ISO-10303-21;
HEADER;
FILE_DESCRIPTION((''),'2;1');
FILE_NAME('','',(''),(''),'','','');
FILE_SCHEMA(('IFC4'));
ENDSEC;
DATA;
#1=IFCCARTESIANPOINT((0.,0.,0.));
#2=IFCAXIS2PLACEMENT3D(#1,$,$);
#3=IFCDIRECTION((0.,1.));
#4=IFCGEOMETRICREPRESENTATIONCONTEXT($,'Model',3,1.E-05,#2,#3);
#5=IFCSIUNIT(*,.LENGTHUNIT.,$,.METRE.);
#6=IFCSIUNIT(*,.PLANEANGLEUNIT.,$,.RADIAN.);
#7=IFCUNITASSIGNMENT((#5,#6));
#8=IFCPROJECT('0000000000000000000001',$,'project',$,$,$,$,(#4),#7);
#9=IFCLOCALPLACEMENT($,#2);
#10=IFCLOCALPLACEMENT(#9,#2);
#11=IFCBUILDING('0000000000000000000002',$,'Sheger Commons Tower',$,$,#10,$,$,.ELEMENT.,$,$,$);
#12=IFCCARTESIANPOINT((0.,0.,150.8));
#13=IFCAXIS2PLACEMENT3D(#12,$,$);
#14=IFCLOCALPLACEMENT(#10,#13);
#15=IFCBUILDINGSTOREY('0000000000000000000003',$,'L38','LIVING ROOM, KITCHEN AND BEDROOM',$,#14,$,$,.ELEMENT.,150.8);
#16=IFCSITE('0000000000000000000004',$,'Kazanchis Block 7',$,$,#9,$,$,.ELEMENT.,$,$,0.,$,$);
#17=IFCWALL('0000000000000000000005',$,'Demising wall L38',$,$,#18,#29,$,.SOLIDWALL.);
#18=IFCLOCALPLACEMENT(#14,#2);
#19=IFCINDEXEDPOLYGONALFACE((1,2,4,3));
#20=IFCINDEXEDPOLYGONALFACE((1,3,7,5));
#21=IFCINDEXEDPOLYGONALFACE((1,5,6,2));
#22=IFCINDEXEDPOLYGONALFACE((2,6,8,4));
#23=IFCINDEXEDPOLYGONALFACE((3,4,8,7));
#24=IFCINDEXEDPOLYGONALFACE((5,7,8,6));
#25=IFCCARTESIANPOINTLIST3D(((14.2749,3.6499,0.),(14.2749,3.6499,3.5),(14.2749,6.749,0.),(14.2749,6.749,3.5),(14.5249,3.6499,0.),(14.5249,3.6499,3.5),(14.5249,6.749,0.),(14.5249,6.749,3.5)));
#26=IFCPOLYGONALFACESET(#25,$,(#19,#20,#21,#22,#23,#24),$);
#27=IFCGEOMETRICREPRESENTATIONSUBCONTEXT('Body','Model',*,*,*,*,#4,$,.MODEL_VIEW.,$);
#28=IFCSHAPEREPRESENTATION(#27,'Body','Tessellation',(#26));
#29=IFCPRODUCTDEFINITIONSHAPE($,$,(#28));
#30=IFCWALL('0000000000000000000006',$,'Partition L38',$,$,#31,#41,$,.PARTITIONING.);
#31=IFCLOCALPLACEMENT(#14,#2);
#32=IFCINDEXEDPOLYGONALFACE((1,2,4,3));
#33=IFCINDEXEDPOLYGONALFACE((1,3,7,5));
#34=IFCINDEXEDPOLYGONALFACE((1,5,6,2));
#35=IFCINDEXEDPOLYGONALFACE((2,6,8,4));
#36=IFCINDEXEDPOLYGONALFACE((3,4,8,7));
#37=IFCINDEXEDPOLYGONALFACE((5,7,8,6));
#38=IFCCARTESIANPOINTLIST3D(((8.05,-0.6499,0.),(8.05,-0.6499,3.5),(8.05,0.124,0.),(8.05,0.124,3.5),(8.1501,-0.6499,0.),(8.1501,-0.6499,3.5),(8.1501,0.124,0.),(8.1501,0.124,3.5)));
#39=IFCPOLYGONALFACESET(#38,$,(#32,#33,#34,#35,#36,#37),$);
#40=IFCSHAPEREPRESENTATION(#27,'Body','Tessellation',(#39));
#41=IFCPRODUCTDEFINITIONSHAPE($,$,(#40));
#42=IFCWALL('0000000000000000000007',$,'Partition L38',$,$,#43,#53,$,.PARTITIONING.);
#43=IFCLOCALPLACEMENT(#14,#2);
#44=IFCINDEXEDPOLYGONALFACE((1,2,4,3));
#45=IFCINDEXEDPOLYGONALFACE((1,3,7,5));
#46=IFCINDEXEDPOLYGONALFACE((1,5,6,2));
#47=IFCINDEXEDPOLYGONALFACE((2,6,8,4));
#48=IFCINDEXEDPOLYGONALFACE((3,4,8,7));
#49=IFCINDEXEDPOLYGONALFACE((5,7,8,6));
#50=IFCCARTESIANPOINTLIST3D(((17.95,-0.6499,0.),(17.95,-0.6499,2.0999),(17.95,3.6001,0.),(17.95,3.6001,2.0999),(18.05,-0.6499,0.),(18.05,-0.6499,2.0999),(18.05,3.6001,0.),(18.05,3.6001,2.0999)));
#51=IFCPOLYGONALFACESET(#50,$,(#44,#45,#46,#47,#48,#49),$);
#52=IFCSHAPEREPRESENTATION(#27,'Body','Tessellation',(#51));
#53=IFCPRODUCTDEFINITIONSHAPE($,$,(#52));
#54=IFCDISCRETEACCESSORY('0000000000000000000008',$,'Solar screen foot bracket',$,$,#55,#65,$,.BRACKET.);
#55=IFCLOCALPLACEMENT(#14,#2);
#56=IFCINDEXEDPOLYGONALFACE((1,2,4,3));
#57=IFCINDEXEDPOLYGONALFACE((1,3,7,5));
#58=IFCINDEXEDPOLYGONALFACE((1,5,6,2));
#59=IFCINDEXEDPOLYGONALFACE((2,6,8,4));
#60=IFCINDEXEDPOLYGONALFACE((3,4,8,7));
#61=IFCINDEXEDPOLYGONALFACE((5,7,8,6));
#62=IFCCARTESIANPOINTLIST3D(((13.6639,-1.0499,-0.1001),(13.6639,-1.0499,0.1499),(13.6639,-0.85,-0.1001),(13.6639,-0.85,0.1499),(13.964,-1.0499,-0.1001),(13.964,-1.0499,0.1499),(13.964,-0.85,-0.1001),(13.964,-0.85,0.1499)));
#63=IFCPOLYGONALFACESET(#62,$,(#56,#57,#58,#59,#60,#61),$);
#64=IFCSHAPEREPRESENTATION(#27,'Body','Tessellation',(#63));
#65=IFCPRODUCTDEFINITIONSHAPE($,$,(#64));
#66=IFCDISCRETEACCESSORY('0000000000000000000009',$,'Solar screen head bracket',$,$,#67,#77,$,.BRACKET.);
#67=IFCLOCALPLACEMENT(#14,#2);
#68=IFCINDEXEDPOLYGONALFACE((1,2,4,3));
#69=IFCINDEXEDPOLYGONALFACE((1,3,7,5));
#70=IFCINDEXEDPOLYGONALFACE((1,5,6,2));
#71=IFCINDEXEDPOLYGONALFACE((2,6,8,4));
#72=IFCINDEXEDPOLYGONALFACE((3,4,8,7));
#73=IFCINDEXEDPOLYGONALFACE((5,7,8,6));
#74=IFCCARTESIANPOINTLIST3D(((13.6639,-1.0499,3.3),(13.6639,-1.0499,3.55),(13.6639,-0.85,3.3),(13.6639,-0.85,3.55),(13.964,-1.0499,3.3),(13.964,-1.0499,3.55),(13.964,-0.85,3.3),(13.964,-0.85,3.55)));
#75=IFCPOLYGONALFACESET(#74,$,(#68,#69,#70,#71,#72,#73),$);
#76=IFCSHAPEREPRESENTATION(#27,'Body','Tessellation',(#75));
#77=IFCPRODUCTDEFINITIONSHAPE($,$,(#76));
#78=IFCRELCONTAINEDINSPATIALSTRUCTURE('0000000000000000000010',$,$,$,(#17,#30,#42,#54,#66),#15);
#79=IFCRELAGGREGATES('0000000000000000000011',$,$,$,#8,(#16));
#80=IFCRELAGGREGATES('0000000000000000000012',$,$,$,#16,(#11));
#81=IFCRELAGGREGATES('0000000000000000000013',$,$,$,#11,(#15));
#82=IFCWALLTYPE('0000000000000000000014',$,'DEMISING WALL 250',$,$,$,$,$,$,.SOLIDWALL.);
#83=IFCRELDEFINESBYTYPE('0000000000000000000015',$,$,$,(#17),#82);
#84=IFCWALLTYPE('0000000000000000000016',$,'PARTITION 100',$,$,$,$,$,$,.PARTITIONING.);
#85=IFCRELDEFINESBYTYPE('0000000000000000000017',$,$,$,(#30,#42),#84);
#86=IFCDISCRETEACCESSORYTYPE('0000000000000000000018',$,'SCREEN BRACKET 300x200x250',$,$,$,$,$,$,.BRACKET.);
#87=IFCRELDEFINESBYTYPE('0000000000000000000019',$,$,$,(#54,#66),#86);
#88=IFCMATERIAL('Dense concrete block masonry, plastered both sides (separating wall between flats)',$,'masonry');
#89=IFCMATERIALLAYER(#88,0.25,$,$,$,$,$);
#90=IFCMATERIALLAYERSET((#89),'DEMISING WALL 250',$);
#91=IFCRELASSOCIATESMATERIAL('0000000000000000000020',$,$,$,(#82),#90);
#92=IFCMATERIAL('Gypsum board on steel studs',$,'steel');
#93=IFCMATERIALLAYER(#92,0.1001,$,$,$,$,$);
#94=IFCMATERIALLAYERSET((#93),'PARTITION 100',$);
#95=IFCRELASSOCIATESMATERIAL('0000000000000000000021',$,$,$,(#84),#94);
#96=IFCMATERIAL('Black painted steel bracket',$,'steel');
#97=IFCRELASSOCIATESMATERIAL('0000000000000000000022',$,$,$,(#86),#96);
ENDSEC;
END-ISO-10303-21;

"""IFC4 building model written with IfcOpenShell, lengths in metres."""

from ifc_helpers import new_model, si_unit, direction, frame, frame_2d, origin, origin_2d, place, context, subcontext, project, spatial, rectangle, extrude, material, layer, layer_set, type_object, element, save


model = new_model("IFC4")

# Units and contexts
model_context = context("Model", 3, precision=1e-05, world=origin(), true_north=direction((0.0, 1.0)))
body_context = subcontext(model_context, "Body", "Model", "MODEL_VIEW")
ifc_project = project(units=[si_unit("LENGTHUNIT", "METRE"), si_unit("PLANEANGLEUNIT", "RADIAN")], contexts=[model_context])

# Site, building, storey
site_placement = place(None, origin())
site = spatial("IfcSite", under=ifc_project, at=site_placement, Name="Kazanchis Block 7", CompositionType="ELEMENT", RefElevation=0.0)
building_placement = place(site_placement, origin())
building = spatial("IfcBuilding", under=site, at=building_placement, Name="Sheger Commons Tower", CompositionType="ELEMENT")
storey_placement = place(building_placement, frame((0.0, 0.0, 150.8)))
storey = spatial("IfcBuildingStorey", under=building, at=storey_placement, Name="L38", Description="LIVING ROOM, KITCHEN AND BEDROOM", CompositionType="ELEMENT", Elevation=150.8)

# Walls
ifc_material_1 = material(Name="Dense concrete block masonry, plastered both sides (separating wall between flats)", Category="masonry")
ifc_layer_1 = layer(ifc_material_1, 0.25)
ifc_layer_set_1 = layer_set([ifc_layer_1], Name="DEMISING WALL 250")
wall_type_1 = type_object("IfcWallType", Name="DEMISING WALL 250", PredefinedType="SOLIDWALL", material=ifc_layer_set_1)
wall_1_placement = place(storey_placement, frame((14.3999, 3.6499, 0.0), z_axis=(0.0, 0.0, 1.0), x_axis=(0.0, 1.0, 0.0)))
element("IfcWall", 1, at=wall_1_placement, inside=storey, type_object=wall_type_1, Name="Demising wall L38", PredefinedType="SOLIDWALL", context=body_context, shape_type="SweptSolid", body=[
    extrude(rectangle(XDim=3.0991, YDim=0.25, at=frame_2d((1.5496, 0.0))), origin(), (0.0, 0.0, 1.0), 3.5),
])
ifc_material_2 = material(Name="Gypsum board on steel studs", Category="steel")
ifc_layer_2 = layer(ifc_material_2, 0.1001)
ifc_layer_set_2 = layer_set([ifc_layer_2], Name="PARTITION 100")
wall_type_2 = type_object("IfcWallType", Name="PARTITION 100", PredefinedType="PARTITIONING", material=ifc_layer_set_2)
wall_2_placement = place(storey_placement, frame((8.1001, 0.124, 0.0), z_axis=(0.0, 0.0, 1.0), x_axis=(0.0, -1.0, 0.0)))
element("IfcWall", 2, at=wall_2_placement, inside=storey, type_object=wall_type_2, Name="Partition L38", PredefinedType="PARTITIONING", context=body_context, shape_type="SweptSolid", body=[
    extrude(rectangle(XDim=0.7739, YDim=0.1001, at=frame_2d((0.387, 0.0))), origin(), (0.0, 0.0, 1.0), 3.5),
])
wall_3_placement = place(storey_placement, frame((18.0, -0.6499, 0.0), z_axis=(0.0, 0.0, 1.0), x_axis=(0.0, 1.0, 0.0)))
element("IfcWall", 3, at=wall_3_placement, inside=storey, type_object=wall_type_2, Name="Partition L38", PredefinedType="PARTITIONING", context=body_context, shape_type="SweptSolid", body=[
    extrude(rectangle(XDim=4.25, YDim=0.1001, at=frame_2d((2.125, 0.0))), origin(), (0.0, 0.0, 1.0), 2.0999),
])

# Discrete accessories
ifc_material_3 = material(Name="Black painted steel bracket", Category="steel")
discrete_accessory_type = type_object("IfcDiscreteAccessoryType", Name="SCREEN BRACKET 300x200x250", PredefinedType="BRACKET", material=ifc_material_3)
for number, where, z_axis, x_axis, name in (
    (4, (13.814, -0.95, -0.1001), (0.0, 0.0, 1.0), (1.0, 0.0, 0.0), "Solar screen foot bracket"),
    (5, (13.814, -0.95, 3.3), (0.0, 0.0, 1.0), (1.0, 0.0, 0.0), "Solar screen head bracket"),
):
    element("IfcDiscreteAccessory", number, at=place(storey_placement, frame(where, z_axis=z_axis, x_axis=x_axis)), inside=storey, type_object=discrete_accessory_type, Name=name, PredefinedType="BRACKET", context=body_context, shape_type="SweptSolid", body=[
        extrude(rectangle(XDim=0.3, YDim=0.2, at=origin_2d()), origin(), (0.0, 0.0, 1.0), 0.25),
    ])

save(model, "model.ifc")
